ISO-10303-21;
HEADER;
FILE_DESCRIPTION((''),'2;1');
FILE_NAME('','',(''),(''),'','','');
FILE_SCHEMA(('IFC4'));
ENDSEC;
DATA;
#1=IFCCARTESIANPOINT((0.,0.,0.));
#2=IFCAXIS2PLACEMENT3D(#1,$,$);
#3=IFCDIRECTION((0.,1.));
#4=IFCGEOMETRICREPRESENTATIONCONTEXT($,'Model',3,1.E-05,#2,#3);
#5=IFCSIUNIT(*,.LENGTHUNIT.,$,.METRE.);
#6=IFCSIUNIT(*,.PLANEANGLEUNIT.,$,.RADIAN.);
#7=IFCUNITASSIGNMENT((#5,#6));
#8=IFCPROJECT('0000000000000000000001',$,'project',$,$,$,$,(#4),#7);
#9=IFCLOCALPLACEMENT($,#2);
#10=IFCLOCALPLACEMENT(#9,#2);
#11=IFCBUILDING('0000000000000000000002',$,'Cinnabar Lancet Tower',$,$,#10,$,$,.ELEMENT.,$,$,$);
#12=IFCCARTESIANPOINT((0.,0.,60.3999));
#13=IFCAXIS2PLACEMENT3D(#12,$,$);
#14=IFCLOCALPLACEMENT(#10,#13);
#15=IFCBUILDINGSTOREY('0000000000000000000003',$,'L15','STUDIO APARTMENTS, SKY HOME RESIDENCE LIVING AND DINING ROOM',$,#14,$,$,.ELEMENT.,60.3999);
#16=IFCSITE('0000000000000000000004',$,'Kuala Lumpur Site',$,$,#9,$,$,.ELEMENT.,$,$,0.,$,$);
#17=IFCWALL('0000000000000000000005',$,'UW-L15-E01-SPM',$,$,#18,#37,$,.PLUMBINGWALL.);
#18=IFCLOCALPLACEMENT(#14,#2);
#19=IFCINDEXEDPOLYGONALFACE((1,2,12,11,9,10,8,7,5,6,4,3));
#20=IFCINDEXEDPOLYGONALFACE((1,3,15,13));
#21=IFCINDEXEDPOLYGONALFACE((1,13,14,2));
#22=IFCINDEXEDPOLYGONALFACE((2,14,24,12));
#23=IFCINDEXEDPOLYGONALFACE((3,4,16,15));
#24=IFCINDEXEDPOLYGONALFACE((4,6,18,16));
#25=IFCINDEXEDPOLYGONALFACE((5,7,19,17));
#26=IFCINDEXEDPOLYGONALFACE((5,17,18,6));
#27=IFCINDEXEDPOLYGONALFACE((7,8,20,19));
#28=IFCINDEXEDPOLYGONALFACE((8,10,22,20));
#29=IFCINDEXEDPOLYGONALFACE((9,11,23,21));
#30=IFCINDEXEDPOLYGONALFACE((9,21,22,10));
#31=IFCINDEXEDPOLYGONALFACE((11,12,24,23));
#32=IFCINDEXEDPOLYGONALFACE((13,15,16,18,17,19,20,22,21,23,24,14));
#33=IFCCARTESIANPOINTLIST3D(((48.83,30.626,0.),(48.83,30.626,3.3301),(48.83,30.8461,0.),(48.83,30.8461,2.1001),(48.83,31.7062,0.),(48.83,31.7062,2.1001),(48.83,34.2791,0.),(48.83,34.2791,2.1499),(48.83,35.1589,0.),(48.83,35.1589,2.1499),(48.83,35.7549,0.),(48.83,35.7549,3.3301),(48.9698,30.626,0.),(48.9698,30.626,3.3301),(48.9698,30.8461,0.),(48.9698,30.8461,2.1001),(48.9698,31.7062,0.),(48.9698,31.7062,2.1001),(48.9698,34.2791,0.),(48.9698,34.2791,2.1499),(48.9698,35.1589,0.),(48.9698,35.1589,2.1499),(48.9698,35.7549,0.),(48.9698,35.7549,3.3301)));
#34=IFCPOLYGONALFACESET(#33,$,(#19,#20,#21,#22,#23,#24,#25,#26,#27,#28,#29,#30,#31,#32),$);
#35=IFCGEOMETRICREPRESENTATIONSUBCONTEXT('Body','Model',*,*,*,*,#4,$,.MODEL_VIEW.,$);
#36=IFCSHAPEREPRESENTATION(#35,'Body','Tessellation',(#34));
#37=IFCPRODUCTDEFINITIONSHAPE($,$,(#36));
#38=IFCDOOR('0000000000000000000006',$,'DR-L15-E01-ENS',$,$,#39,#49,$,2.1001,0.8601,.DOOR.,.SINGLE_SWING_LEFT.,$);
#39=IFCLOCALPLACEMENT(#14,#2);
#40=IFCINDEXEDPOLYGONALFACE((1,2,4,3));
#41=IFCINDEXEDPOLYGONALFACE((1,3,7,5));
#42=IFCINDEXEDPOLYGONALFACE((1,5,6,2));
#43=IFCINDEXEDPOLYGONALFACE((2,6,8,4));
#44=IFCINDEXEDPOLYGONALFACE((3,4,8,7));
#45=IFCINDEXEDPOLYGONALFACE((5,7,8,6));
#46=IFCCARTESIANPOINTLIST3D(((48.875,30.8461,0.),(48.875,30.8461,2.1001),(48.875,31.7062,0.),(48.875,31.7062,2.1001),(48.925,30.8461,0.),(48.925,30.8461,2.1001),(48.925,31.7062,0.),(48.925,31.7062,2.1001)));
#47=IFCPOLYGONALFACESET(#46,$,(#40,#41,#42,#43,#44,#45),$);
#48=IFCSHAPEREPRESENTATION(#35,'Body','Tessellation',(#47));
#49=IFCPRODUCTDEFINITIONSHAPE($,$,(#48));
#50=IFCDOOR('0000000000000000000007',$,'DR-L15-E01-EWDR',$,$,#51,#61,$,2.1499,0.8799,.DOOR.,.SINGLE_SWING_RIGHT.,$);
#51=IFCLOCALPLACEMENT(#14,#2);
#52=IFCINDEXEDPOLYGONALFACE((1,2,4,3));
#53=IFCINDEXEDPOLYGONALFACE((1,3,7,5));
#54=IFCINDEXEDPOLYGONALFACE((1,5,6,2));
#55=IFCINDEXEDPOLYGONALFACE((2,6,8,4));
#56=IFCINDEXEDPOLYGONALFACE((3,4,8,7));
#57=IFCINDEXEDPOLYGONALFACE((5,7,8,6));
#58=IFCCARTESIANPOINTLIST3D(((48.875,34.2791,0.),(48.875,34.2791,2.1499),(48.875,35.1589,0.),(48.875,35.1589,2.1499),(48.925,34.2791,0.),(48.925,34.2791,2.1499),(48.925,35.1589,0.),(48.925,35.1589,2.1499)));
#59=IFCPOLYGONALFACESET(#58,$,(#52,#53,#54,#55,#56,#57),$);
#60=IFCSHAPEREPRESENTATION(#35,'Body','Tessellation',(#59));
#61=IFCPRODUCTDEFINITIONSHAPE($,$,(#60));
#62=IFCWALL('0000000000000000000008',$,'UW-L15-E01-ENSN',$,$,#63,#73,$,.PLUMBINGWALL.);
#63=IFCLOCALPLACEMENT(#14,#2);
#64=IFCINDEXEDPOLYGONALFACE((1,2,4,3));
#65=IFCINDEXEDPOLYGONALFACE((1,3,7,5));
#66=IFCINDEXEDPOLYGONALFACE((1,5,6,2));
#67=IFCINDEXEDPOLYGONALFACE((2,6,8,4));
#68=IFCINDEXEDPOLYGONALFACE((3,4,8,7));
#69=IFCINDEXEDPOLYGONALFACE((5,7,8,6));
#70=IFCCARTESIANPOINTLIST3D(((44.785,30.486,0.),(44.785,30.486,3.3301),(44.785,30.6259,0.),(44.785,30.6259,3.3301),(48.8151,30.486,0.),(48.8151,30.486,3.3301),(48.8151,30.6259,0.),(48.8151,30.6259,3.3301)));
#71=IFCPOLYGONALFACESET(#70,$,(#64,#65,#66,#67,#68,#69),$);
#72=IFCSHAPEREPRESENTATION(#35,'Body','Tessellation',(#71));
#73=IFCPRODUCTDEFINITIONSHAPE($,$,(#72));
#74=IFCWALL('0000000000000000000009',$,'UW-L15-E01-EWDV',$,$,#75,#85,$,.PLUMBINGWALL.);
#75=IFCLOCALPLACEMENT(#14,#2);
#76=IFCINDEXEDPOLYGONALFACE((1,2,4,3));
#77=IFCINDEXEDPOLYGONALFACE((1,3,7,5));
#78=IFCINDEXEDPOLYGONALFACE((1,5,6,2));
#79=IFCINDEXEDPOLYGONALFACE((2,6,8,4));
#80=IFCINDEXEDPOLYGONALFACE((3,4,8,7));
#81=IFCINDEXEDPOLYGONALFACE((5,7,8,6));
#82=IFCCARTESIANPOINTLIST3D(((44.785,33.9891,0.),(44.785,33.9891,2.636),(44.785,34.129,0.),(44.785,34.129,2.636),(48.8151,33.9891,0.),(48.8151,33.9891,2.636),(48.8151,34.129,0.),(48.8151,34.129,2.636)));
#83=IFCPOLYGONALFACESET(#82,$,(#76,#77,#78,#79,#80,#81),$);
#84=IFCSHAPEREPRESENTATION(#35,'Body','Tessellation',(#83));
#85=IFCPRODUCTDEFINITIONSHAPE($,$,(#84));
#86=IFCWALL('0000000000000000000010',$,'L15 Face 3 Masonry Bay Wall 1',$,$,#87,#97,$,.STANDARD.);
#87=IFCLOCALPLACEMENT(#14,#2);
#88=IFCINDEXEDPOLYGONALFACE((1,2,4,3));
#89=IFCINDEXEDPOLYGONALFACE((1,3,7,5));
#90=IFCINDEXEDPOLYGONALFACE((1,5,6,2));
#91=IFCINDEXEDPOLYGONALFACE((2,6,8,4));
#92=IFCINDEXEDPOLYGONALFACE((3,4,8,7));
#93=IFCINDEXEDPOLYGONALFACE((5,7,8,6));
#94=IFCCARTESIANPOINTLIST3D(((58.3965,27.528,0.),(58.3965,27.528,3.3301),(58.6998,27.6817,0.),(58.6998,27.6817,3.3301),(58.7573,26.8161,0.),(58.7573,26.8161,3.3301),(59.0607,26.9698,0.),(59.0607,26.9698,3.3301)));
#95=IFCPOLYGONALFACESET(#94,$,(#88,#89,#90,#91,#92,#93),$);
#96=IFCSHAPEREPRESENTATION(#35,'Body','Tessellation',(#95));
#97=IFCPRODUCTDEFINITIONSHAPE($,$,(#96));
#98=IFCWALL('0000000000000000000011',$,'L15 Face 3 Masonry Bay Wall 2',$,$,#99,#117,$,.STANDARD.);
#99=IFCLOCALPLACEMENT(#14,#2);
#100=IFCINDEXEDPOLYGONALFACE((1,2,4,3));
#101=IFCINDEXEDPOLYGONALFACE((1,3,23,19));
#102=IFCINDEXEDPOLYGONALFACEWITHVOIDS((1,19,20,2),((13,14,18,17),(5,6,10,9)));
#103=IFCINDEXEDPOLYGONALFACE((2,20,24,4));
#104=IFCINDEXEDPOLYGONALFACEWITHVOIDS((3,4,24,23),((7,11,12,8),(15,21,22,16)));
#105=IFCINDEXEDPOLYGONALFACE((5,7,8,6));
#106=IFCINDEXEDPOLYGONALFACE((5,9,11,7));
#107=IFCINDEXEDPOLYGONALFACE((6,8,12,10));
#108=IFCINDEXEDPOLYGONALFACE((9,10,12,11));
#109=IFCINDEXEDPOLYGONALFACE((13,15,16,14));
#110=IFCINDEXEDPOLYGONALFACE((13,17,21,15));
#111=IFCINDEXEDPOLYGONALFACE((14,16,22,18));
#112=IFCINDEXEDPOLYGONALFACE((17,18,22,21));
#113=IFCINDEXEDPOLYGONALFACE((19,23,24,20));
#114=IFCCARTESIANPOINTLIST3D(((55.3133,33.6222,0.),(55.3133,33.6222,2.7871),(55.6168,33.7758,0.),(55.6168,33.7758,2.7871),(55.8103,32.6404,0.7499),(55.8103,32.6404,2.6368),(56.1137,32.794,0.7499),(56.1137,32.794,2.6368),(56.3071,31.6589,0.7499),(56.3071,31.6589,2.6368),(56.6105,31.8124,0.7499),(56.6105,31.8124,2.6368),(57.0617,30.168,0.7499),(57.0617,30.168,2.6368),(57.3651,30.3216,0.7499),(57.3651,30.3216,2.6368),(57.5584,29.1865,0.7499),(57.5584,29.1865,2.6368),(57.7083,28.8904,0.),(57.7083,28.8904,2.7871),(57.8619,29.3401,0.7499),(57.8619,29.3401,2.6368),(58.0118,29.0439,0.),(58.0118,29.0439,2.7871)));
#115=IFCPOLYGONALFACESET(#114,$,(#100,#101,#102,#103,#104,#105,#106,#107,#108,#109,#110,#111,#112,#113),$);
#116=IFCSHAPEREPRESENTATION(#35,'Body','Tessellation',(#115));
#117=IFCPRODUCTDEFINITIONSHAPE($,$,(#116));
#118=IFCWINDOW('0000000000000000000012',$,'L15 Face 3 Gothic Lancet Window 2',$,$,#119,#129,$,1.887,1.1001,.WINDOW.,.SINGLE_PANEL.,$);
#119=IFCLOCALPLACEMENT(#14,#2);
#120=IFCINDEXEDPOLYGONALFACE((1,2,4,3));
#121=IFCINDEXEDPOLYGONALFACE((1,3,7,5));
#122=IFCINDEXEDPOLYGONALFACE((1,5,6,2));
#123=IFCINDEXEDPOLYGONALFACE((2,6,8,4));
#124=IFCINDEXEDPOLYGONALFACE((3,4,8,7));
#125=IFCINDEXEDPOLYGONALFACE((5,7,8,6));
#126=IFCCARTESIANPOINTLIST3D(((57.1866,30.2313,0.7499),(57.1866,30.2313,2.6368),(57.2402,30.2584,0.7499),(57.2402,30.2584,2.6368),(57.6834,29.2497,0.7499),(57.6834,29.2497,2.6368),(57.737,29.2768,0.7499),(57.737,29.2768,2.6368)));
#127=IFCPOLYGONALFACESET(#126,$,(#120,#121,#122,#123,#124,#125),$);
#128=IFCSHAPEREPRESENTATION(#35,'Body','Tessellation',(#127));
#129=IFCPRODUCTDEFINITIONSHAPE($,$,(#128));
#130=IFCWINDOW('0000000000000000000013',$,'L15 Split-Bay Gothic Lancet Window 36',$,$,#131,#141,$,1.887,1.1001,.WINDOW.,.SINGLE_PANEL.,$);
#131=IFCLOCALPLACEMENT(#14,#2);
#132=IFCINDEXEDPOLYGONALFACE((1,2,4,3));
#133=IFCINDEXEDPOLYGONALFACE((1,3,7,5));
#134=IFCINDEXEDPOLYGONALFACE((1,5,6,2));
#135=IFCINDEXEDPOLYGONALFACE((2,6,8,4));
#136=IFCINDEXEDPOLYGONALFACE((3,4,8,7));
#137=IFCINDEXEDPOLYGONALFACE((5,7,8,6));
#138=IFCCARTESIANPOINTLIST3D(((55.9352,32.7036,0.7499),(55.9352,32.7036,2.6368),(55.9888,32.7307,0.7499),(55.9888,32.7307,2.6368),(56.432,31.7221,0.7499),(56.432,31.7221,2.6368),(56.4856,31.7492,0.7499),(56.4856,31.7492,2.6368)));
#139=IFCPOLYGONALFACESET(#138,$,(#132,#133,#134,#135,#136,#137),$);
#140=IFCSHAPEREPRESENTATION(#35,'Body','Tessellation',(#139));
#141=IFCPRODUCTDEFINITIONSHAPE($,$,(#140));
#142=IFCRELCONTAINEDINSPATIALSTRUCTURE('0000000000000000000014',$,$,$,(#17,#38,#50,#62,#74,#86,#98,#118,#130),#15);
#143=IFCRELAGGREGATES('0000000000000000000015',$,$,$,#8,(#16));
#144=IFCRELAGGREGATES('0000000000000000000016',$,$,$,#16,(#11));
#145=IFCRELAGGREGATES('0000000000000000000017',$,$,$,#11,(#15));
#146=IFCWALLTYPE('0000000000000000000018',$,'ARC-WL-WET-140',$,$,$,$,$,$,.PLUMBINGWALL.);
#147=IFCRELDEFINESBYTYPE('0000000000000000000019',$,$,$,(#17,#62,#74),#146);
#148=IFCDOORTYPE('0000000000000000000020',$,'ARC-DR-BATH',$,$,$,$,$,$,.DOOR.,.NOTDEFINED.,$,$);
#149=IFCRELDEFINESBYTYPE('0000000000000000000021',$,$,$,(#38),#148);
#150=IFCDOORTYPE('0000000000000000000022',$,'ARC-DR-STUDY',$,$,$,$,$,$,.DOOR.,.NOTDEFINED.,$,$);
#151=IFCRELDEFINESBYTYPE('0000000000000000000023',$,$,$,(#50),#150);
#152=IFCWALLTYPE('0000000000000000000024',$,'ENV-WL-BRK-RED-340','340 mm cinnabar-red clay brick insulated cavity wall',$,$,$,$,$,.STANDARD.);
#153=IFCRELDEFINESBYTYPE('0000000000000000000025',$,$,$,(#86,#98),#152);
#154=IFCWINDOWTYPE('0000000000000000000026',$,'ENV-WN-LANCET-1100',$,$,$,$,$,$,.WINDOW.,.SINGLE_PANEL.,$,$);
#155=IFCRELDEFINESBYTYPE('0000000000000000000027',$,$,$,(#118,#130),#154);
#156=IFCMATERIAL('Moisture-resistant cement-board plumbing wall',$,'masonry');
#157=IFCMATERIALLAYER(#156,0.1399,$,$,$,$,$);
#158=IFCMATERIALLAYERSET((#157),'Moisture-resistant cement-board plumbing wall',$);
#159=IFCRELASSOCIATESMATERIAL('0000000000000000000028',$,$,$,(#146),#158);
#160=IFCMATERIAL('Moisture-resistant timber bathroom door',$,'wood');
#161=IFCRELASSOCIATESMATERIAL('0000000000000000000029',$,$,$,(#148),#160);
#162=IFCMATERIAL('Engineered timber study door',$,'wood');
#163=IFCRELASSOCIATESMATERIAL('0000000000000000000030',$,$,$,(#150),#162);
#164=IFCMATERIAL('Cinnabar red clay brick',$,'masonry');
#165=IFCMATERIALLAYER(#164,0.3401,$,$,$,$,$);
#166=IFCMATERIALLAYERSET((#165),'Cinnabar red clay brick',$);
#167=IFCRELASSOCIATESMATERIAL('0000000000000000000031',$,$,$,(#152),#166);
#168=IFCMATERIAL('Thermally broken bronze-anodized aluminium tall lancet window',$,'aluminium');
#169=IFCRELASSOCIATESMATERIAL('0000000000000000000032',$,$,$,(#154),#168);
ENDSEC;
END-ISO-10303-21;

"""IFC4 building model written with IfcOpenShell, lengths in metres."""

from ifc_helpers import new_model, si_unit, direction, frame, frame_2d, origin, place, context, subcontext, project, spatial, rectangle, extrude, material, layer, layer_set, type_object, element, fill, save


model = new_model("IFC4")

# Units and contexts
model_context = context("Model", 3, precision=1e-05, world=origin(), true_north=direction((0.0, 1.0)))
body_context = subcontext(model_context, "Body", "Model", "MODEL_VIEW")
ifc_project = project(units=[si_unit("LENGTHUNIT", "METRE"), si_unit("PLANEANGLEUNIT", "RADIAN")], contexts=[model_context])

# Site, building, storey
site_placement = place(None, origin())
site = spatial("IfcSite", under=ifc_project, at=site_placement, Name="Kuala Lumpur Site", CompositionType="ELEMENT", RefElevation=0.0)
building_placement = place(site_placement, origin())
building = spatial("IfcBuilding", under=site, at=building_placement, Name="Cinnabar Lancet Tower", CompositionType="ELEMENT")
storey_placement = place(building_placement, frame((0.0, 0.0, 60.3999)))
storey = spatial("IfcBuildingStorey", under=building, at=storey_placement, Name="L15", Description="STUDIO APARTMENTS, SKY HOME RESIDENCE LIVING AND DINING ROOM", CompositionType="ELEMENT", Elevation=60.3999)

# Wall, openings, doors
ifc_material_1 = material(Name="Moisture-resistant cement-board plumbing wall", Category="masonry")
ifc_layer_1 = layer(ifc_material_1, 0.1399)
ifc_layer_set_1 = layer_set([ifc_layer_1], Name="Moisture-resistant cement-board plumbing wall")
wall_type_1 = type_object("IfcWallType", Name="ARC-WL-WET-140", PredefinedType="PLUMBINGWALL", material=ifc_layer_set_1)
wall_1_placement = place(storey_placement, frame((48.8999, 30.626, 0.0), z_axis=(0.0, 0.0, 1.0), x_axis=(0.0, 1.0, 0.0)))
wall_1 = element("IfcWall", 1, at=wall_1_placement, inside=storey, type_object=wall_type_1, Name="UW-L15-E01-SPM", PredefinedType="PLUMBINGWALL", context=body_context, shape_type="SweptSolid", body=[
    extrude(rectangle(XDim=5.1289, YDim=0.1399, at=frame_2d((2.5645, 0.0))), origin(), (0.0, 0.0, 1.0), 3.3301),
])
opening_1_placement = place(wall_1_placement, frame((0.22, 0.0, 0.0)))
opening_1 = element("IfcOpeningElement", 2, at=opening_1_placement, cuts=wall_1, PredefinedType="OPENING", context=body_context, shape_type="SweptSolid", body=[
    extrude(rectangle(XDim=0.8601, YDim=2.1001, at=frame_2d((0.4302, 1.05))), frame((0.0, 0.0798, 0.0), z_axis=(0.0, -1.0, 0.0), x_axis=(1.0, 0.0, 0.0)), (0.0, 0.0, 1.0), 0.1599),
])
opening_2_placement = place(wall_1_placement, frame((3.6531, 0.0, 0.0)))
opening_2 = element("IfcOpeningElement", 3, at=opening_2_placement, cuts=wall_1, PredefinedType="OPENING", context=body_context, shape_type="SweptSolid", body=[
    extrude(rectangle(XDim=0.8799, YDim=2.1499, at=frame_2d((0.4399, 1.075))), frame((0.0, 0.0798, 0.0), z_axis=(0.0, -1.0, 0.0), x_axis=(1.0, 0.0, 0.0)), (0.0, 0.0, 1.0), 0.1599),
])
ifc_material_2 = material(Name="Moisture-resistant timber bathroom door", Category="wood")
door_type_1 = type_object("IfcDoorType", Name="ARC-DR-BATH", OperationType="NOTDEFINED", PredefinedType="DOOR", material=ifc_material_2)
door_1_placement = place(opening_1_placement, origin())
door_1 = element("IfcDoor", 4, at=door_1_placement, inside=storey, type_object=door_type_1, Name="DR-L15-E01-ENS", OperationType="SINGLE_SWING_LEFT", OverallHeight=2.1001, OverallWidth=0.8601, PredefinedType="DOOR", context=body_context, shape_type="SweptSolid", body=[
    extrude(rectangle(XDim=0.8601, YDim=2.1001, at=frame_2d((0.4302, 1.05))), frame((0.0, 0.0249, 0.0), z_axis=(0.0, -1.0, 0.0), x_axis=(1.0, 0.0, 0.0)), (0.0, 0.0, 1.0), 0.05),
])
fill(opening_1, door_1)
ifc_material_3 = material(Name="Engineered timber study door", Category="wood")
door_type_2 = type_object("IfcDoorType", Name="ARC-DR-STUDY", OperationType="NOTDEFINED", PredefinedType="DOOR", material=ifc_material_3)
door_2_placement = place(opening_2_placement, origin())
door_2 = element("IfcDoor", 5, at=door_2_placement, inside=storey, type_object=door_type_2, Name="DR-L15-E01-EWDR", OperationType="SINGLE_SWING_RIGHT", OverallHeight=2.1499, OverallWidth=0.8799, PredefinedType="DOOR", context=body_context, shape_type="SweptSolid", body=[
    extrude(rectangle(XDim=0.8799, YDim=2.1499, at=frame_2d((0.4399, 1.075))), frame((0.0, 0.0249, 0.0), z_axis=(0.0, -1.0, 0.0), x_axis=(1.0, 0.0, 0.0)), (0.0, 0.0, 1.0), 0.05),
])
fill(opening_2, door_2)

# Walls
wall_2_placement = place(storey_placement, frame((44.7849, 30.5559, 0.0), z_axis=(0.0, 0.0, 1.0), x_axis=(1.0, 0.0, 0.0)))
element("IfcWall", 6, at=wall_2_placement, inside=storey, type_object=wall_type_1, Name="UW-L15-E01-ENSN", PredefinedType="PLUMBINGWALL", context=body_context, shape_type="SweptSolid", body=[
    extrude(rectangle(XDim=4.03, YDim=0.1399, at=frame_2d((2.0151, 0.0))), origin(), (0.0, 0.0, 1.0), 3.3301),
])
wall_3_placement = place(storey_placement, frame((44.7849, 34.0591, 0.0), z_axis=(0.0, 0.0, 1.0), x_axis=(1.0, 0.0, 0.0)))
element("IfcWall", 7, at=wall_3_placement, inside=storey, type_object=wall_type_1, Name="UW-L15-E01-EWDV", PredefinedType="PLUMBINGWALL", context=body_context, shape_type="SweptSolid", body=[
    extrude(rectangle(XDim=4.03, YDim=0.1399, at=frame_2d((2.0151, 0.0))), origin(), (0.0, 0.0, 1.0), 2.636),
])
ifc_material_4 = material(Name="Cinnabar red clay brick", Category="masonry")
ifc_layer_2 = layer(ifc_material_4, 0.3401)
ifc_layer_set_2 = layer_set([ifc_layer_2], Name="Cinnabar red clay brick")
wall_type_2 = type_object("IfcWallType", Name="ENV-WL-BRK-RED-340", Description="340 mm cinnabar-red clay brick insulated cavity wall", PredefinedType="STANDARD", material=ifc_layer_set_2)
wall_4_placement = place(storey_placement, frame((58.9089, 26.8931, 0.0), z_axis=(0.0, 0.0, 1.0), x_axis=(-0.452101, 0.891967, 0.0)))
element("IfcWall", 8, at=wall_4_placement, inside=storey, type_object=wall_type_2, Name="L15 Face 3 Masonry Bay Wall 1", PredefinedType="STANDARD", context=body_context, shape_type="SweptSolid", body=[
    extrude(rectangle(XDim=0.7981, YDim=0.3401, at=frame_2d((0.3989, 0.0))), origin(), (0.0, 0.0, 1.0), 3.3301),
])

# Wall, openings, windows
wall_5_placement = place(storey_placement, frame((57.8601, 28.967, 0.0), z_axis=(0.0, 0.0, 1.0), x_axis=(-0.451591, 0.892225, 0.0)))
wall_5 = element("IfcWall", 9, at=wall_5_placement, inside=storey, type_object=wall_type_2, Name="L15 Face 3 Masonry Bay Wall 2", PredefinedType="STANDARD", context=body_context, shape_type="SweptSolid", body=[
    extrude(rectangle(XDim=5.3035, YDim=0.3401, at=frame_2d((2.6519, 0.0))), origin(), (0.0, 0.0, 1.0), 2.7871),
])
opening_3_placement = place(wall_5_placement, frame((0.332, 0.0, 0.75)))
opening_3 = element("IfcOpeningElement", 10, at=opening_3_placement, cuts=wall_5, PredefinedType="OPENING", context=body_context, shape_type="SweptSolid", body=[
    extrude(rectangle(XDim=1.1001, YDim=1.887, at=frame_2d((0.55, 0.9434))), frame((0.0, 0.1799, 0.0), z_axis=(0.0, -1.0, 0.0), x_axis=(1.0, 0.0, 0.0)), (0.0, 0.0, 1.0), 0.3601),
])
opening_4_placement = place(wall_5_placement, frame((3.103, 0.0, 0.75)))
opening_4 = element("IfcOpeningElement", 11, at=opening_4_placement, cuts=wall_5, PredefinedType="OPENING", context=body_context, shape_type="SweptSolid", body=[
    extrude(rectangle(XDim=1.1001, YDim=1.887, at=frame_2d((0.55, 0.9434))), frame((0.0, 0.1799, 0.0), z_axis=(0.0, -1.0, 0.0), x_axis=(1.0, 0.0, 0.0)), (0.0, 0.0, 1.0), 0.3601),
])
ifc_material_5 = material(Name="Thermally broken bronze-anodized aluminium tall lancet window", Category="aluminium")
window_type = type_object("IfcWindowType", Name="ENV-WN-LANCET-1100", PartitioningType="SINGLE_PANEL", PredefinedType="WINDOW", material=ifc_material_5)
window_1_placement = place(opening_3_placement, origin())
window_1 = element("IfcWindow", 12, at=window_1_placement, inside=storey, type_object=window_type, Name="L15 Face 3 Gothic Lancet Window 2", OverallHeight=1.887, OverallWidth=1.1001, PartitioningType="SINGLE_PANEL", PredefinedType="WINDOW", context=body_context, shape_type="SweptSolid", body=[
    extrude(rectangle(XDim=1.1001, YDim=1.887, at=frame_2d((0.55, 0.9434))), frame((0.0, 0.03, 0.0), z_axis=(0.0, -1.0, 0.0), x_axis=(1.0, 0.0, 0.0)), (0.0, 0.0, 1.0), 0.0601),
])
fill(opening_3, window_1)
window_2_placement = place(opening_4_placement, origin())
window_2 = element("IfcWindow", 13, at=window_2_placement, inside=storey, type_object=window_type, Name="L15 Split-Bay Gothic Lancet Window 36", OverallHeight=1.887, OverallWidth=1.1001, PartitioningType="SINGLE_PANEL", PredefinedType="WINDOW", context=body_context, shape_type="SweptSolid", body=[
    extrude(rectangle(XDim=1.1001, YDim=1.887, at=frame_2d((0.55, 0.9434))), frame((0.0, 0.03, 0.0), z_axis=(0.0, -1.0, 0.0), x_axis=(1.0, 0.0, 0.0)), (0.0, 0.0, 1.0), 0.0601),
])
fill(opening_4, window_2)

save(model, "model.ifc")
